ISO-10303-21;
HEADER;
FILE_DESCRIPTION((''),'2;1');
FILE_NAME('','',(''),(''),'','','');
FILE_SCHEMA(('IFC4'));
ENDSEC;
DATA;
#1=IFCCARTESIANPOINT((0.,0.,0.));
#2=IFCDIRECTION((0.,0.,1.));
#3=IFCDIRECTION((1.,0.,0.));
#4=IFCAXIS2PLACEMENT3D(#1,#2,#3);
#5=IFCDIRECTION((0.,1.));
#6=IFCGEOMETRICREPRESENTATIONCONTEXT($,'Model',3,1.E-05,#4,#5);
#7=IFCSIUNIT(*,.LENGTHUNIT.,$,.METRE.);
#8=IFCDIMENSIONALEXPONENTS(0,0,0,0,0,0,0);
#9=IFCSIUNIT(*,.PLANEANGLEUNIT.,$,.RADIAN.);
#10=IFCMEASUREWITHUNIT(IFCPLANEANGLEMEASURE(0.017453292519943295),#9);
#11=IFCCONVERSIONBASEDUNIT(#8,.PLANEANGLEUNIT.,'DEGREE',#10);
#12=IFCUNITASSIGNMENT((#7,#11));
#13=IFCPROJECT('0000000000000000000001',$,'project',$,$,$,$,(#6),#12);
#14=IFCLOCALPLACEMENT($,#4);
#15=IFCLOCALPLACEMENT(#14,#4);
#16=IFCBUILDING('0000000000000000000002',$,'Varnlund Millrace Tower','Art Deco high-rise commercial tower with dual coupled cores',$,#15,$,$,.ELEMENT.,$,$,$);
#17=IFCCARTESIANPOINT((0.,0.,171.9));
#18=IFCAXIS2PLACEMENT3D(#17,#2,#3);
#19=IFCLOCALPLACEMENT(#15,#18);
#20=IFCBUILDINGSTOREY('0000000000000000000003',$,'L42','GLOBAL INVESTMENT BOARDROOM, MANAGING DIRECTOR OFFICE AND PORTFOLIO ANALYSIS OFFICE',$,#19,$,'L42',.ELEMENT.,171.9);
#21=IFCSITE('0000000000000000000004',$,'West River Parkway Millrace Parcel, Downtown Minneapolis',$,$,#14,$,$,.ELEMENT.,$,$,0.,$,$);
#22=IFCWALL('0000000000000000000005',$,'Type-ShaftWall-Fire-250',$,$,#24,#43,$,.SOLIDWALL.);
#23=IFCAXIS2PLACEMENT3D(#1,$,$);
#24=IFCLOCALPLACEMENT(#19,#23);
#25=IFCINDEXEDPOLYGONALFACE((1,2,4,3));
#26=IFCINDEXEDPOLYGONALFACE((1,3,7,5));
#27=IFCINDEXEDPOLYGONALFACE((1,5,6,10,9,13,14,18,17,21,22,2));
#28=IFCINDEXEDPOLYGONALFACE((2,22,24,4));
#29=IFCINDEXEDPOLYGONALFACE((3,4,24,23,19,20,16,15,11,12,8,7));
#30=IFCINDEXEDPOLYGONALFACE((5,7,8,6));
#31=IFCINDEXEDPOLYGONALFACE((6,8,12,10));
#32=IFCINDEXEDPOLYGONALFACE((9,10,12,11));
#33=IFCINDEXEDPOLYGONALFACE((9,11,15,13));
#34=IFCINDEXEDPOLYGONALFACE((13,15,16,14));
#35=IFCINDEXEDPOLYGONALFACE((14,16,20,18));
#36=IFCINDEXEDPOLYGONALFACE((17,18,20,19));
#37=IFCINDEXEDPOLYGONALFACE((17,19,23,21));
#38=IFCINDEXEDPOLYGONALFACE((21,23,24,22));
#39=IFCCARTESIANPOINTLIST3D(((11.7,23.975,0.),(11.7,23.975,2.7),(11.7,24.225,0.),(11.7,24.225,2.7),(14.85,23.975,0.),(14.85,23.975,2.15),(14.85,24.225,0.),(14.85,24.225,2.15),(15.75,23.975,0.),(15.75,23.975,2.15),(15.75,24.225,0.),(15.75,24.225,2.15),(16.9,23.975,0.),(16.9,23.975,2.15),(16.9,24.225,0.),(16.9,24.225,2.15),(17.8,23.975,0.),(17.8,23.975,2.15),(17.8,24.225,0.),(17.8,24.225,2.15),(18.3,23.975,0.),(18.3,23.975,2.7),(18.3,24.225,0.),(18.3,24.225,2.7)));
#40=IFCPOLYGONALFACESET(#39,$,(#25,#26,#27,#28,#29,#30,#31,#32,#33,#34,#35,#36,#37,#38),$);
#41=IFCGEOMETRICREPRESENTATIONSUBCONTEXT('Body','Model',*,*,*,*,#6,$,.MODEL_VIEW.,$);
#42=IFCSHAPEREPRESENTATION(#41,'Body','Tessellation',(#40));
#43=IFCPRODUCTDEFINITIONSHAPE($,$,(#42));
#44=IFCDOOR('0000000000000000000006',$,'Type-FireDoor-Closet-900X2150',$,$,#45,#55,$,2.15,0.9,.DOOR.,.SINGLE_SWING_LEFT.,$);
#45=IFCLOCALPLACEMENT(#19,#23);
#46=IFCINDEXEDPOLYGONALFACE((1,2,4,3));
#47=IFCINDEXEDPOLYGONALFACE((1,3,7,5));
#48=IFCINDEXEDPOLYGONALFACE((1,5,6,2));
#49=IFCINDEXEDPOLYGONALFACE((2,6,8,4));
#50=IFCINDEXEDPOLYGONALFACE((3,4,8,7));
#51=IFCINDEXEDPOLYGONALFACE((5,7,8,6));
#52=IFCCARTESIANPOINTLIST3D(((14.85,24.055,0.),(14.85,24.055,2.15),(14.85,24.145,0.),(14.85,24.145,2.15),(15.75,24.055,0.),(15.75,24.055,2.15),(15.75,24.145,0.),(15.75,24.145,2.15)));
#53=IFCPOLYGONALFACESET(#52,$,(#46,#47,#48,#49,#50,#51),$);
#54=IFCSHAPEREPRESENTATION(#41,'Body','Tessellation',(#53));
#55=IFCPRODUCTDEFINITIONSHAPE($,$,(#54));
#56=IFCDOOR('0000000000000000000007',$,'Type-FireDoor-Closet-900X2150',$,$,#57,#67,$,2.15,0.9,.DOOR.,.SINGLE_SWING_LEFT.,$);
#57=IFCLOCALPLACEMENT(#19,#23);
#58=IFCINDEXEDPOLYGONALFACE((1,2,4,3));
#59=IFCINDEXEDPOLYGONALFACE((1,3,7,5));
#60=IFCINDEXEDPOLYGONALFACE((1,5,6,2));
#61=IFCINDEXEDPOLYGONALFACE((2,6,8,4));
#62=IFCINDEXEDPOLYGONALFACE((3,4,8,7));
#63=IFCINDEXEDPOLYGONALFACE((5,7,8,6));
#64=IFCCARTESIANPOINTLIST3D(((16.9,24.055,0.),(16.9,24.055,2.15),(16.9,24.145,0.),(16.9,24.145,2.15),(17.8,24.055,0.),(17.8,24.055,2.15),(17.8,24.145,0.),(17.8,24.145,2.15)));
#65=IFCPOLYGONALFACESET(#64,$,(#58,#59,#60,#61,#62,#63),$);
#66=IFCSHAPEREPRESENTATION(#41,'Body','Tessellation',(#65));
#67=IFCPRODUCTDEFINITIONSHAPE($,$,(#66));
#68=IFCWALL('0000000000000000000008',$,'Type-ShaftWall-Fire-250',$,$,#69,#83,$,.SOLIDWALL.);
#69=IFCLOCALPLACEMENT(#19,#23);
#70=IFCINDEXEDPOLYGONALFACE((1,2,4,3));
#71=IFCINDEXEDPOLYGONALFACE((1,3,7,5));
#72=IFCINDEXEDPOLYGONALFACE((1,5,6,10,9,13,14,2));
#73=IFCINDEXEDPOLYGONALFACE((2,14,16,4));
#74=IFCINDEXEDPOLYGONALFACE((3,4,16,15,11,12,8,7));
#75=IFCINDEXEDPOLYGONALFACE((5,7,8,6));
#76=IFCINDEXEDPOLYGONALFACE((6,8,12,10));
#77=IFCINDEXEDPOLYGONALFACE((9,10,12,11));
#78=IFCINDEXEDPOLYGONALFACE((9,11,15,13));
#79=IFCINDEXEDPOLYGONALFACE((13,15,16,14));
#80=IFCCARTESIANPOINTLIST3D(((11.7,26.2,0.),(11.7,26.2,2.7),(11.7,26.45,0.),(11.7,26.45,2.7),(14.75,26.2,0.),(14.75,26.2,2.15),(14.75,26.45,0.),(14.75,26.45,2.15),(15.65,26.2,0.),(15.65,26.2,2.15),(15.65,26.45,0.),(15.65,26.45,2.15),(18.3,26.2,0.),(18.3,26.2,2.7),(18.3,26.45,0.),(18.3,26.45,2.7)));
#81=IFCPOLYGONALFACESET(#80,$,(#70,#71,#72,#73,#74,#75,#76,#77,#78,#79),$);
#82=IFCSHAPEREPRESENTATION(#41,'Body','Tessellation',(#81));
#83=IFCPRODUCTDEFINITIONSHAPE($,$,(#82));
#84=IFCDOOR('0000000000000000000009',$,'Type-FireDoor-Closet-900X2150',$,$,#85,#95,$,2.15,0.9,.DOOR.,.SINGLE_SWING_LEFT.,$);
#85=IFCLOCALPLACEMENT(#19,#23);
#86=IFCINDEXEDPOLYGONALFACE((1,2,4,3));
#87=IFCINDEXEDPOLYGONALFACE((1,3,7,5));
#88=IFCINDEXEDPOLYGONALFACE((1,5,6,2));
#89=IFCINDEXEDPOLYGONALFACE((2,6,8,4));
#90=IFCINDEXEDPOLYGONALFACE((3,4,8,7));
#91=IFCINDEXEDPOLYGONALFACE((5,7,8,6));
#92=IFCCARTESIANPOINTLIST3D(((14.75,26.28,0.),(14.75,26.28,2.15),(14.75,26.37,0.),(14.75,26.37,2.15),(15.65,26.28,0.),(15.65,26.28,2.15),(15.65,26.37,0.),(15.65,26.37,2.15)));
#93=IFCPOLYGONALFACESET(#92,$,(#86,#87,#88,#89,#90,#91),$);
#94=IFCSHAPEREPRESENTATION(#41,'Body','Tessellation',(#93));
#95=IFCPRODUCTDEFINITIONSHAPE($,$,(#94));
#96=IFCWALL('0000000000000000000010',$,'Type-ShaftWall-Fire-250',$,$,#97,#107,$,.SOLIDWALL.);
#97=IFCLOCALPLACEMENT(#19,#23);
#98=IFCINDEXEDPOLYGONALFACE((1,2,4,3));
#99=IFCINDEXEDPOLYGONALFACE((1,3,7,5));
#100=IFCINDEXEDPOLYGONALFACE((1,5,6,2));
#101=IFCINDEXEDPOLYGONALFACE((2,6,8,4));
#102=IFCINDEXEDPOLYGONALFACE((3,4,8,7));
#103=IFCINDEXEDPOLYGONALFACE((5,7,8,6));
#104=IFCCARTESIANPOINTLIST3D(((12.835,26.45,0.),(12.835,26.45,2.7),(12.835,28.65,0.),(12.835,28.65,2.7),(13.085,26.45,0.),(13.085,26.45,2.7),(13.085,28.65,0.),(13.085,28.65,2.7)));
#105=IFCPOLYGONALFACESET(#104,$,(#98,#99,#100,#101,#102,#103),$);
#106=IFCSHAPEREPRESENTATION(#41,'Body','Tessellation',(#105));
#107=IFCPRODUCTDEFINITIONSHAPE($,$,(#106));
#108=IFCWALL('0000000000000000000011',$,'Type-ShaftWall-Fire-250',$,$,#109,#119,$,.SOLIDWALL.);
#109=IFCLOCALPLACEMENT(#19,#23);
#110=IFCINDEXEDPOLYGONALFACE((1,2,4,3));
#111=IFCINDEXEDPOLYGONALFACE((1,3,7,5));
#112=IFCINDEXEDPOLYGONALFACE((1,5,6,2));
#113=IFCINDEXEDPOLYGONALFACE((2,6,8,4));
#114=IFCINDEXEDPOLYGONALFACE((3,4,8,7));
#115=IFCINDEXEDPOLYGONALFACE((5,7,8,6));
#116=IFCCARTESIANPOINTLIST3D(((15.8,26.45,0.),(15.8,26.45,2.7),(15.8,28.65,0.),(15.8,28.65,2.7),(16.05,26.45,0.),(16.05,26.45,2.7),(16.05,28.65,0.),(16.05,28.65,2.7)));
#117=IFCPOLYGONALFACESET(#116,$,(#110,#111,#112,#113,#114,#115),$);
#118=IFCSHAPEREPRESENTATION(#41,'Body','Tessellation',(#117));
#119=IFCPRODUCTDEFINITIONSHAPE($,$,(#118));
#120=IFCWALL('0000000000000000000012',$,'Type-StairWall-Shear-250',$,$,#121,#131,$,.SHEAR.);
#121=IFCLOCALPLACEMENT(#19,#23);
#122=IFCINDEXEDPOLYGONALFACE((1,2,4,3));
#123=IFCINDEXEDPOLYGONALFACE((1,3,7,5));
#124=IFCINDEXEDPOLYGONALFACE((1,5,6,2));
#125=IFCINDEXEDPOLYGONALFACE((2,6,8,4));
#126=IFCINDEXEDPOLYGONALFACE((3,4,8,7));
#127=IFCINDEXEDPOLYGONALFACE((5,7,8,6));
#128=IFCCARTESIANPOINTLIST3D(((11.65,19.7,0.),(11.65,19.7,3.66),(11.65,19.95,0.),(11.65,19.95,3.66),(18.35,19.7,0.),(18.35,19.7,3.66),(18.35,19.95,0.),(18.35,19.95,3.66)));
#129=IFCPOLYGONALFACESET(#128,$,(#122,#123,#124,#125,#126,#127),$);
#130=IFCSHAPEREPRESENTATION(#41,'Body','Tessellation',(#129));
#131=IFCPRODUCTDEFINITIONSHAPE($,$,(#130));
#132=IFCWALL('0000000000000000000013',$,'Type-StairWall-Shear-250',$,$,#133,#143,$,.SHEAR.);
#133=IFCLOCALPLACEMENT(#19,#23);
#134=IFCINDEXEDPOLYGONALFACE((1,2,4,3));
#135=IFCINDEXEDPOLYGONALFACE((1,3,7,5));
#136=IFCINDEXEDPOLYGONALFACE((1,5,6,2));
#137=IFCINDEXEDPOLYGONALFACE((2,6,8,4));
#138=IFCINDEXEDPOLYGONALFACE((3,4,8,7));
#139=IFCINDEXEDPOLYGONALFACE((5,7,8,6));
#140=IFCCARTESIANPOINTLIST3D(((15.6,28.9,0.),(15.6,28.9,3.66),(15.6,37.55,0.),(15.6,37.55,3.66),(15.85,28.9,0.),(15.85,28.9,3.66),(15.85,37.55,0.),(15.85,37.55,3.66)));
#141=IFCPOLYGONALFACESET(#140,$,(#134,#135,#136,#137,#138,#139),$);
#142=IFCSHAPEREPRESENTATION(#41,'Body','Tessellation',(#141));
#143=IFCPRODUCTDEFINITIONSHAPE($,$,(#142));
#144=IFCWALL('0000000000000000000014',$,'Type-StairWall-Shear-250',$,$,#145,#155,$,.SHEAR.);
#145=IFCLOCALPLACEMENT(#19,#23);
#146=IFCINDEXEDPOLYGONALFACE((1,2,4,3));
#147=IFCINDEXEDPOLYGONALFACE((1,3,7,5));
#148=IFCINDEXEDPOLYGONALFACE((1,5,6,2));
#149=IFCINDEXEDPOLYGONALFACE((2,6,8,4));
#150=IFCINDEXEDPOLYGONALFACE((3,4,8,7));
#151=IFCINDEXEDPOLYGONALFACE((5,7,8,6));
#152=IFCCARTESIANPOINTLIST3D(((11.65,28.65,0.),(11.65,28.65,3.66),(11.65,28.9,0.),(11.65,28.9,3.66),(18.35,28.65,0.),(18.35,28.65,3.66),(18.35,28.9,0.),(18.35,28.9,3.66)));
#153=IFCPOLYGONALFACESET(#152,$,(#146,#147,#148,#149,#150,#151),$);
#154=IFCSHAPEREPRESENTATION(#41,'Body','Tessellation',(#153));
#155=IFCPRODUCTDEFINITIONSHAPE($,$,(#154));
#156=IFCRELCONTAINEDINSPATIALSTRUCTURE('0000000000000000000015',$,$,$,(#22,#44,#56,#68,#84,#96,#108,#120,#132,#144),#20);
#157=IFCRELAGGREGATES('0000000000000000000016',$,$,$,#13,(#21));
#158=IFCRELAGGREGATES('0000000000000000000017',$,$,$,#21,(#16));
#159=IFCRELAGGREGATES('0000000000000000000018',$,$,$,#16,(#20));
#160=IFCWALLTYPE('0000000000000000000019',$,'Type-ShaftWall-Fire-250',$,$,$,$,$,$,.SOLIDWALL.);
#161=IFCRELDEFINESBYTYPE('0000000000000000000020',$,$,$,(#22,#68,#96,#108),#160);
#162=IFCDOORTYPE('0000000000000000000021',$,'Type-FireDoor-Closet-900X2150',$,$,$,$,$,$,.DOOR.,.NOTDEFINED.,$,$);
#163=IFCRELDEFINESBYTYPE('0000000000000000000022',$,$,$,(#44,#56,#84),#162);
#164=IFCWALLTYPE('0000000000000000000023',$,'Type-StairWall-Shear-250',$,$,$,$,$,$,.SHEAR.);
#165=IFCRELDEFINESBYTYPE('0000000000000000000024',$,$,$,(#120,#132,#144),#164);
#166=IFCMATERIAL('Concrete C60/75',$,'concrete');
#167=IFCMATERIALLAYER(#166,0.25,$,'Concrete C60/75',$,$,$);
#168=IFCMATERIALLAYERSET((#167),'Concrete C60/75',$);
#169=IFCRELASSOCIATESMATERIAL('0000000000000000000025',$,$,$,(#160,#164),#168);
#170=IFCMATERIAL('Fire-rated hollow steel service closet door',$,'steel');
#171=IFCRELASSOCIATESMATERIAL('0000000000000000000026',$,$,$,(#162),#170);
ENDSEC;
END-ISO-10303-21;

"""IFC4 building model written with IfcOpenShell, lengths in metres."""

from ifc_helpers import new_model, entity, si_unit, converted_unit, direction, frame, origin_with_axes, origin_2d_with_axis, place, context, subcontext, project, spatial, polyline, rectangle, outline, extrude, material, layer, layer_set, type_object, element, fill, save


model = new_model("IFC4")

# Units and contexts
model_context = context("Model", 3, precision=1e-05, world=origin_with_axes(), true_north=direction((0.0, 1.0)))
body_context = subcontext(model_context, "Body", "Model", "MODEL_VIEW")
ifc_project = project(units=[si_unit("LENGTHUNIT", "METRE"), converted_unit("PLANEANGLEUNIT", "DEGREE", entity("IfcPlaneAngleMeasure", 0.017453292519943295), si_unit("PLANEANGLEUNIT", "RADIAN"), dimensions=[0, 0, 0, 0, 0, 0, 0])], contexts=[model_context])

# Site, building, storey
site_placement = place(None, origin_with_axes())
site = spatial("IfcSite", under=ifc_project, at=site_placement, Name="West River Parkway Millrace Parcel, Downtown Minneapolis", CompositionType="ELEMENT", RefElevation=0.0)
building_placement = place(site_placement, origin_with_axes())
building = spatial("IfcBuilding", under=site, at=building_placement, Name="Varnlund Millrace Tower", Description="Art Deco high-rise commercial tower with dual coupled cores", CompositionType="ELEMENT")
storey_placement = place(building_placement, frame((0.0, 0.0, 171.9), z_axis=(0.0, 0.0, 1.0), x_axis=(1.0, 0.0, 0.0)))
storey = spatial("IfcBuildingStorey", under=building, at=storey_placement, Name="L42", Description="GLOBAL INVESTMENT BOARDROOM, MANAGING DIRECTOR OFFICE AND PORTFOLIO ANALYSIS OFFICE", LongName="L42", CompositionType="ELEMENT", Elevation=171.9)

# Wall, openings, doors
ifc_material_1 = material(Name="Concrete C60/75", Category="concrete")
ifc_layer_1 = layer(ifc_material_1, 0.25, Name="Concrete C60/75")
ifc_layer_set_1 = layer_set([ifc_layer_1], Name="Concrete C60/75")
wall_type_1 = type_object("IfcWallType", Name="Type-ShaftWall-Fire-250", PredefinedType="SOLIDWALL", material=ifc_layer_set_1)
wall_1_placement = place(storey_placement, frame((11.7, 24.1, 0.0), z_axis=(0.0, 0.0, 1.0), x_axis=(1.0, 0.0, 0.0)))
wall_1 = element("IfcWall", 1, at=wall_1_placement, inside=storey, type_object=wall_type_1, Name="Type-ShaftWall-Fire-250", PredefinedType="SOLIDWALL", context=body_context, shape_type="SweptSolid", body=[
    extrude(outline(polyline([(0.0, -0.125), (6.6, -0.125), (6.6, 0.125), (0.0, 0.125), (0.0, -0.125)])), origin_with_axes(), (0.0, 0.0, 1.0), 2.7),
])
opening_1_placement = place(wall_1_placement, frame((3.6, 0.0, 0.0), z_axis=(0.0, 0.0, 1.0), x_axis=(1.0, 0.0, 0.0)))
opening_1 = element("IfcOpeningElement", 2, at=opening_1_placement, cuts=wall_1, PredefinedType="OPENING", context=body_context, shape_type="SweptSolid", body=[
    extrude(rectangle(XDim=0.9, YDim=0.27, at=origin_2d_with_axis()), origin_with_axes(), (0.0, 0.0, 1.0), 2.15),
])
opening_2_placement = place(wall_1_placement, frame((5.65, 0.0, 0.0), z_axis=(0.0, 0.0, 1.0), x_axis=(1.0, 0.0, 0.0)))
opening_2 = element("IfcOpeningElement", 3, at=opening_2_placement, cuts=wall_1, PredefinedType="OPENING", context=body_context, shape_type="SweptSolid", body=[
    extrude(rectangle(XDim=0.9, YDim=0.27, at=origin_2d_with_axis()), origin_with_axes(), (0.0, 0.0, 1.0), 2.15),
])
ifc_material_2 = material(Name="Fire-rated hollow steel service closet door", Category="steel")
door_type_1 = type_object("IfcDoorType", Name="Type-FireDoor-Closet-900X2150", OperationType="NOTDEFINED", PredefinedType="DOOR", material=ifc_material_2)
door_1_placement = place(wall_1_placement, frame((3.6, 0.0, 0.0), z_axis=(0.0, 0.0, 1.0), x_axis=(1.0, 0.0, 0.0)))
door_1 = element("IfcDoor", 4, at=door_1_placement, inside=storey, type_object=door_type_1, Name="Type-FireDoor-Closet-900X2150", OperationType="SINGLE_SWING_LEFT", OverallHeight=2.15, OverallWidth=0.9, PredefinedType="DOOR", context=body_context, shape_type="SweptSolid", body=[
    extrude(rectangle(XDim=0.9, YDim=0.09, at=origin_2d_with_axis()), origin_with_axes(), (0.0, 0.0, 1.0), 2.15),
])
fill(opening_1, door_1)
door_2_placement = place(wall_1_placement, frame((5.65, 0.0, 0.0), z_axis=(0.0, 0.0, 1.0), x_axis=(1.0, 0.0, 0.0)))
door_2 = element("IfcDoor", 5, at=door_2_placement, inside=storey, type_object=door_type_1, Name="Type-FireDoor-Closet-900X2150", OperationType="SINGLE_SWING_LEFT", OverallHeight=2.15, OverallWidth=0.9, PredefinedType="DOOR", context=body_context, shape_type="SweptSolid", body=[
    extrude(rectangle(XDim=0.9, YDim=0.09, at=origin_2d_with_axis()), origin_with_axes(), (0.0, 0.0, 1.0), 2.15),
])
fill(opening_2, door_2)

# Wall, opening, door
wall_2_placement = place(storey_placement, frame((11.7, 26.325, 0.0), z_axis=(0.0, 0.0, 1.0), x_axis=(1.0, 0.0, 0.0)))
wall_2 = element("IfcWall", 6, at=wall_2_placement, inside=storey, type_object=wall_type_1, Name="Type-ShaftWall-Fire-250", PredefinedType="SOLIDWALL", context=body_context, shape_type="SweptSolid", body=[
    extrude(outline(polyline([(0.0, -0.125), (6.6, -0.125), (6.6, 0.125), (0.0, 0.125), (0.0, -0.125)])), origin_with_axes(), (0.0, 0.0, 1.0), 2.7),
])
opening_3_placement = place(wall_2_placement, frame((3.5, 0.0, 0.0), z_axis=(0.0, 0.0, 1.0), x_axis=(1.0, 0.0, 0.0)))
opening_3 = element("IfcOpeningElement", 7, at=opening_3_placement, cuts=wall_2, PredefinedType="OPENING", context=body_context, shape_type="SweptSolid", body=[
    extrude(rectangle(XDim=0.9, YDim=0.27, at=origin_2d_with_axis()), origin_with_axes(), (0.0, 0.0, 1.0), 2.15),
])
door_3_placement = place(wall_2_placement, frame((3.5, 0.0, 0.0), z_axis=(0.0, 0.0, 1.0), x_axis=(1.0, 0.0, 0.0)))
door_3 = element("IfcDoor", 8, at=door_3_placement, inside=storey, type_object=door_type_1, Name="Type-FireDoor-Closet-900X2150", OperationType="SINGLE_SWING_LEFT", OverallHeight=2.15, OverallWidth=0.9, PredefinedType="DOOR", context=body_context, shape_type="SweptSolid", body=[
    extrude(rectangle(XDim=0.9, YDim=0.09, at=origin_2d_with_axis()), origin_with_axes(), (0.0, 0.0, 1.0), 2.15),
])
fill(opening_3, door_3)

# Walls
for number, where, z_axis, x_axis, name in (
    (9, (12.96, 26.45, 0.0), (0.0, 0.0, 1.0), (0.0, 1.0, 0.0), "Type-ShaftWall-Fire-250"),
    (10, (15.925, 26.45, 0.0), (0.0, 0.0, 1.0), (0.0, 1.0, 0.0), "Type-ShaftWall-Fire-250"),
):
    element("IfcWall", number, at=place(storey_placement, frame(where, z_axis=z_axis, x_axis=x_axis)), inside=storey, type_object=wall_type_1, Name=name, PredefinedType="SOLIDWALL", context=body_context, shape_type="SweptSolid", body=[
        extrude(outline(polyline([(0.0, -0.125), (2.2, -0.125), (2.2, 0.125), (0.0, 0.125), (0.0, -0.125)])), origin_with_axes(), (0.0, 0.0, 1.0), 2.7),
    ])
wall_type_2 = type_object("IfcWallType", Name="Type-StairWall-Shear-250", PredefinedType="SHEAR", material=ifc_layer_set_1)
wall_3_placement = place(storey_placement, frame((11.65, 19.825, 0.0), z_axis=(0.0, 0.0, 1.0), x_axis=(1.0, 0.0, 0.0)))
element("IfcWall", 11, at=wall_3_placement, inside=storey, type_object=wall_type_2, Name="Type-StairWall-Shear-250", PredefinedType="SHEAR", context=body_context, shape_type="SweptSolid", body=[
    extrude(outline(polyline([(0.0, -0.125), (6.7, -0.125), (6.7, 0.125), (0.0, 0.125), (0.0, -0.125)])), origin_with_axes(), (0.0, 0.0, 1.0), 3.66),
])
wall_4_placement = place(storey_placement, frame((15.725, 28.9, 0.0), z_axis=(0.0, 0.0, 1.0), x_axis=(0.0, 1.0, 0.0)))
element("IfcWall", 12, at=wall_4_placement, inside=storey, type_object=wall_type_2, Name="Type-StairWall-Shear-250", PredefinedType="SHEAR", context=body_context, shape_type="SweptSolid", body=[
    extrude(outline(polyline([(0.0, -0.125), (8.65, -0.125), (8.65, 0.125), (0.0, 0.125), (0.0, -0.125)])), origin_with_axes(), (0.0, 0.0, 1.0), 3.66),
])
wall_5_placement = place(storey_placement, frame((11.65, 28.775, 0.0), z_axis=(0.0, 0.0, 1.0), x_axis=(1.0, 0.0, 0.0)))
element("IfcWall", 13, at=wall_5_placement, inside=storey, type_object=wall_type_2, Name="Type-StairWall-Shear-250", PredefinedType="SHEAR", context=body_context, shape_type="SweptSolid", body=[
    extrude(outline(polyline([(0.0, -0.125), (6.7, -0.125), (6.7, 0.125), (0.0, 0.125), (0.0, -0.125)])), origin_with_axes(), (0.0, 0.0, 1.0), 3.66),
])

save(model, "model.ifc")
